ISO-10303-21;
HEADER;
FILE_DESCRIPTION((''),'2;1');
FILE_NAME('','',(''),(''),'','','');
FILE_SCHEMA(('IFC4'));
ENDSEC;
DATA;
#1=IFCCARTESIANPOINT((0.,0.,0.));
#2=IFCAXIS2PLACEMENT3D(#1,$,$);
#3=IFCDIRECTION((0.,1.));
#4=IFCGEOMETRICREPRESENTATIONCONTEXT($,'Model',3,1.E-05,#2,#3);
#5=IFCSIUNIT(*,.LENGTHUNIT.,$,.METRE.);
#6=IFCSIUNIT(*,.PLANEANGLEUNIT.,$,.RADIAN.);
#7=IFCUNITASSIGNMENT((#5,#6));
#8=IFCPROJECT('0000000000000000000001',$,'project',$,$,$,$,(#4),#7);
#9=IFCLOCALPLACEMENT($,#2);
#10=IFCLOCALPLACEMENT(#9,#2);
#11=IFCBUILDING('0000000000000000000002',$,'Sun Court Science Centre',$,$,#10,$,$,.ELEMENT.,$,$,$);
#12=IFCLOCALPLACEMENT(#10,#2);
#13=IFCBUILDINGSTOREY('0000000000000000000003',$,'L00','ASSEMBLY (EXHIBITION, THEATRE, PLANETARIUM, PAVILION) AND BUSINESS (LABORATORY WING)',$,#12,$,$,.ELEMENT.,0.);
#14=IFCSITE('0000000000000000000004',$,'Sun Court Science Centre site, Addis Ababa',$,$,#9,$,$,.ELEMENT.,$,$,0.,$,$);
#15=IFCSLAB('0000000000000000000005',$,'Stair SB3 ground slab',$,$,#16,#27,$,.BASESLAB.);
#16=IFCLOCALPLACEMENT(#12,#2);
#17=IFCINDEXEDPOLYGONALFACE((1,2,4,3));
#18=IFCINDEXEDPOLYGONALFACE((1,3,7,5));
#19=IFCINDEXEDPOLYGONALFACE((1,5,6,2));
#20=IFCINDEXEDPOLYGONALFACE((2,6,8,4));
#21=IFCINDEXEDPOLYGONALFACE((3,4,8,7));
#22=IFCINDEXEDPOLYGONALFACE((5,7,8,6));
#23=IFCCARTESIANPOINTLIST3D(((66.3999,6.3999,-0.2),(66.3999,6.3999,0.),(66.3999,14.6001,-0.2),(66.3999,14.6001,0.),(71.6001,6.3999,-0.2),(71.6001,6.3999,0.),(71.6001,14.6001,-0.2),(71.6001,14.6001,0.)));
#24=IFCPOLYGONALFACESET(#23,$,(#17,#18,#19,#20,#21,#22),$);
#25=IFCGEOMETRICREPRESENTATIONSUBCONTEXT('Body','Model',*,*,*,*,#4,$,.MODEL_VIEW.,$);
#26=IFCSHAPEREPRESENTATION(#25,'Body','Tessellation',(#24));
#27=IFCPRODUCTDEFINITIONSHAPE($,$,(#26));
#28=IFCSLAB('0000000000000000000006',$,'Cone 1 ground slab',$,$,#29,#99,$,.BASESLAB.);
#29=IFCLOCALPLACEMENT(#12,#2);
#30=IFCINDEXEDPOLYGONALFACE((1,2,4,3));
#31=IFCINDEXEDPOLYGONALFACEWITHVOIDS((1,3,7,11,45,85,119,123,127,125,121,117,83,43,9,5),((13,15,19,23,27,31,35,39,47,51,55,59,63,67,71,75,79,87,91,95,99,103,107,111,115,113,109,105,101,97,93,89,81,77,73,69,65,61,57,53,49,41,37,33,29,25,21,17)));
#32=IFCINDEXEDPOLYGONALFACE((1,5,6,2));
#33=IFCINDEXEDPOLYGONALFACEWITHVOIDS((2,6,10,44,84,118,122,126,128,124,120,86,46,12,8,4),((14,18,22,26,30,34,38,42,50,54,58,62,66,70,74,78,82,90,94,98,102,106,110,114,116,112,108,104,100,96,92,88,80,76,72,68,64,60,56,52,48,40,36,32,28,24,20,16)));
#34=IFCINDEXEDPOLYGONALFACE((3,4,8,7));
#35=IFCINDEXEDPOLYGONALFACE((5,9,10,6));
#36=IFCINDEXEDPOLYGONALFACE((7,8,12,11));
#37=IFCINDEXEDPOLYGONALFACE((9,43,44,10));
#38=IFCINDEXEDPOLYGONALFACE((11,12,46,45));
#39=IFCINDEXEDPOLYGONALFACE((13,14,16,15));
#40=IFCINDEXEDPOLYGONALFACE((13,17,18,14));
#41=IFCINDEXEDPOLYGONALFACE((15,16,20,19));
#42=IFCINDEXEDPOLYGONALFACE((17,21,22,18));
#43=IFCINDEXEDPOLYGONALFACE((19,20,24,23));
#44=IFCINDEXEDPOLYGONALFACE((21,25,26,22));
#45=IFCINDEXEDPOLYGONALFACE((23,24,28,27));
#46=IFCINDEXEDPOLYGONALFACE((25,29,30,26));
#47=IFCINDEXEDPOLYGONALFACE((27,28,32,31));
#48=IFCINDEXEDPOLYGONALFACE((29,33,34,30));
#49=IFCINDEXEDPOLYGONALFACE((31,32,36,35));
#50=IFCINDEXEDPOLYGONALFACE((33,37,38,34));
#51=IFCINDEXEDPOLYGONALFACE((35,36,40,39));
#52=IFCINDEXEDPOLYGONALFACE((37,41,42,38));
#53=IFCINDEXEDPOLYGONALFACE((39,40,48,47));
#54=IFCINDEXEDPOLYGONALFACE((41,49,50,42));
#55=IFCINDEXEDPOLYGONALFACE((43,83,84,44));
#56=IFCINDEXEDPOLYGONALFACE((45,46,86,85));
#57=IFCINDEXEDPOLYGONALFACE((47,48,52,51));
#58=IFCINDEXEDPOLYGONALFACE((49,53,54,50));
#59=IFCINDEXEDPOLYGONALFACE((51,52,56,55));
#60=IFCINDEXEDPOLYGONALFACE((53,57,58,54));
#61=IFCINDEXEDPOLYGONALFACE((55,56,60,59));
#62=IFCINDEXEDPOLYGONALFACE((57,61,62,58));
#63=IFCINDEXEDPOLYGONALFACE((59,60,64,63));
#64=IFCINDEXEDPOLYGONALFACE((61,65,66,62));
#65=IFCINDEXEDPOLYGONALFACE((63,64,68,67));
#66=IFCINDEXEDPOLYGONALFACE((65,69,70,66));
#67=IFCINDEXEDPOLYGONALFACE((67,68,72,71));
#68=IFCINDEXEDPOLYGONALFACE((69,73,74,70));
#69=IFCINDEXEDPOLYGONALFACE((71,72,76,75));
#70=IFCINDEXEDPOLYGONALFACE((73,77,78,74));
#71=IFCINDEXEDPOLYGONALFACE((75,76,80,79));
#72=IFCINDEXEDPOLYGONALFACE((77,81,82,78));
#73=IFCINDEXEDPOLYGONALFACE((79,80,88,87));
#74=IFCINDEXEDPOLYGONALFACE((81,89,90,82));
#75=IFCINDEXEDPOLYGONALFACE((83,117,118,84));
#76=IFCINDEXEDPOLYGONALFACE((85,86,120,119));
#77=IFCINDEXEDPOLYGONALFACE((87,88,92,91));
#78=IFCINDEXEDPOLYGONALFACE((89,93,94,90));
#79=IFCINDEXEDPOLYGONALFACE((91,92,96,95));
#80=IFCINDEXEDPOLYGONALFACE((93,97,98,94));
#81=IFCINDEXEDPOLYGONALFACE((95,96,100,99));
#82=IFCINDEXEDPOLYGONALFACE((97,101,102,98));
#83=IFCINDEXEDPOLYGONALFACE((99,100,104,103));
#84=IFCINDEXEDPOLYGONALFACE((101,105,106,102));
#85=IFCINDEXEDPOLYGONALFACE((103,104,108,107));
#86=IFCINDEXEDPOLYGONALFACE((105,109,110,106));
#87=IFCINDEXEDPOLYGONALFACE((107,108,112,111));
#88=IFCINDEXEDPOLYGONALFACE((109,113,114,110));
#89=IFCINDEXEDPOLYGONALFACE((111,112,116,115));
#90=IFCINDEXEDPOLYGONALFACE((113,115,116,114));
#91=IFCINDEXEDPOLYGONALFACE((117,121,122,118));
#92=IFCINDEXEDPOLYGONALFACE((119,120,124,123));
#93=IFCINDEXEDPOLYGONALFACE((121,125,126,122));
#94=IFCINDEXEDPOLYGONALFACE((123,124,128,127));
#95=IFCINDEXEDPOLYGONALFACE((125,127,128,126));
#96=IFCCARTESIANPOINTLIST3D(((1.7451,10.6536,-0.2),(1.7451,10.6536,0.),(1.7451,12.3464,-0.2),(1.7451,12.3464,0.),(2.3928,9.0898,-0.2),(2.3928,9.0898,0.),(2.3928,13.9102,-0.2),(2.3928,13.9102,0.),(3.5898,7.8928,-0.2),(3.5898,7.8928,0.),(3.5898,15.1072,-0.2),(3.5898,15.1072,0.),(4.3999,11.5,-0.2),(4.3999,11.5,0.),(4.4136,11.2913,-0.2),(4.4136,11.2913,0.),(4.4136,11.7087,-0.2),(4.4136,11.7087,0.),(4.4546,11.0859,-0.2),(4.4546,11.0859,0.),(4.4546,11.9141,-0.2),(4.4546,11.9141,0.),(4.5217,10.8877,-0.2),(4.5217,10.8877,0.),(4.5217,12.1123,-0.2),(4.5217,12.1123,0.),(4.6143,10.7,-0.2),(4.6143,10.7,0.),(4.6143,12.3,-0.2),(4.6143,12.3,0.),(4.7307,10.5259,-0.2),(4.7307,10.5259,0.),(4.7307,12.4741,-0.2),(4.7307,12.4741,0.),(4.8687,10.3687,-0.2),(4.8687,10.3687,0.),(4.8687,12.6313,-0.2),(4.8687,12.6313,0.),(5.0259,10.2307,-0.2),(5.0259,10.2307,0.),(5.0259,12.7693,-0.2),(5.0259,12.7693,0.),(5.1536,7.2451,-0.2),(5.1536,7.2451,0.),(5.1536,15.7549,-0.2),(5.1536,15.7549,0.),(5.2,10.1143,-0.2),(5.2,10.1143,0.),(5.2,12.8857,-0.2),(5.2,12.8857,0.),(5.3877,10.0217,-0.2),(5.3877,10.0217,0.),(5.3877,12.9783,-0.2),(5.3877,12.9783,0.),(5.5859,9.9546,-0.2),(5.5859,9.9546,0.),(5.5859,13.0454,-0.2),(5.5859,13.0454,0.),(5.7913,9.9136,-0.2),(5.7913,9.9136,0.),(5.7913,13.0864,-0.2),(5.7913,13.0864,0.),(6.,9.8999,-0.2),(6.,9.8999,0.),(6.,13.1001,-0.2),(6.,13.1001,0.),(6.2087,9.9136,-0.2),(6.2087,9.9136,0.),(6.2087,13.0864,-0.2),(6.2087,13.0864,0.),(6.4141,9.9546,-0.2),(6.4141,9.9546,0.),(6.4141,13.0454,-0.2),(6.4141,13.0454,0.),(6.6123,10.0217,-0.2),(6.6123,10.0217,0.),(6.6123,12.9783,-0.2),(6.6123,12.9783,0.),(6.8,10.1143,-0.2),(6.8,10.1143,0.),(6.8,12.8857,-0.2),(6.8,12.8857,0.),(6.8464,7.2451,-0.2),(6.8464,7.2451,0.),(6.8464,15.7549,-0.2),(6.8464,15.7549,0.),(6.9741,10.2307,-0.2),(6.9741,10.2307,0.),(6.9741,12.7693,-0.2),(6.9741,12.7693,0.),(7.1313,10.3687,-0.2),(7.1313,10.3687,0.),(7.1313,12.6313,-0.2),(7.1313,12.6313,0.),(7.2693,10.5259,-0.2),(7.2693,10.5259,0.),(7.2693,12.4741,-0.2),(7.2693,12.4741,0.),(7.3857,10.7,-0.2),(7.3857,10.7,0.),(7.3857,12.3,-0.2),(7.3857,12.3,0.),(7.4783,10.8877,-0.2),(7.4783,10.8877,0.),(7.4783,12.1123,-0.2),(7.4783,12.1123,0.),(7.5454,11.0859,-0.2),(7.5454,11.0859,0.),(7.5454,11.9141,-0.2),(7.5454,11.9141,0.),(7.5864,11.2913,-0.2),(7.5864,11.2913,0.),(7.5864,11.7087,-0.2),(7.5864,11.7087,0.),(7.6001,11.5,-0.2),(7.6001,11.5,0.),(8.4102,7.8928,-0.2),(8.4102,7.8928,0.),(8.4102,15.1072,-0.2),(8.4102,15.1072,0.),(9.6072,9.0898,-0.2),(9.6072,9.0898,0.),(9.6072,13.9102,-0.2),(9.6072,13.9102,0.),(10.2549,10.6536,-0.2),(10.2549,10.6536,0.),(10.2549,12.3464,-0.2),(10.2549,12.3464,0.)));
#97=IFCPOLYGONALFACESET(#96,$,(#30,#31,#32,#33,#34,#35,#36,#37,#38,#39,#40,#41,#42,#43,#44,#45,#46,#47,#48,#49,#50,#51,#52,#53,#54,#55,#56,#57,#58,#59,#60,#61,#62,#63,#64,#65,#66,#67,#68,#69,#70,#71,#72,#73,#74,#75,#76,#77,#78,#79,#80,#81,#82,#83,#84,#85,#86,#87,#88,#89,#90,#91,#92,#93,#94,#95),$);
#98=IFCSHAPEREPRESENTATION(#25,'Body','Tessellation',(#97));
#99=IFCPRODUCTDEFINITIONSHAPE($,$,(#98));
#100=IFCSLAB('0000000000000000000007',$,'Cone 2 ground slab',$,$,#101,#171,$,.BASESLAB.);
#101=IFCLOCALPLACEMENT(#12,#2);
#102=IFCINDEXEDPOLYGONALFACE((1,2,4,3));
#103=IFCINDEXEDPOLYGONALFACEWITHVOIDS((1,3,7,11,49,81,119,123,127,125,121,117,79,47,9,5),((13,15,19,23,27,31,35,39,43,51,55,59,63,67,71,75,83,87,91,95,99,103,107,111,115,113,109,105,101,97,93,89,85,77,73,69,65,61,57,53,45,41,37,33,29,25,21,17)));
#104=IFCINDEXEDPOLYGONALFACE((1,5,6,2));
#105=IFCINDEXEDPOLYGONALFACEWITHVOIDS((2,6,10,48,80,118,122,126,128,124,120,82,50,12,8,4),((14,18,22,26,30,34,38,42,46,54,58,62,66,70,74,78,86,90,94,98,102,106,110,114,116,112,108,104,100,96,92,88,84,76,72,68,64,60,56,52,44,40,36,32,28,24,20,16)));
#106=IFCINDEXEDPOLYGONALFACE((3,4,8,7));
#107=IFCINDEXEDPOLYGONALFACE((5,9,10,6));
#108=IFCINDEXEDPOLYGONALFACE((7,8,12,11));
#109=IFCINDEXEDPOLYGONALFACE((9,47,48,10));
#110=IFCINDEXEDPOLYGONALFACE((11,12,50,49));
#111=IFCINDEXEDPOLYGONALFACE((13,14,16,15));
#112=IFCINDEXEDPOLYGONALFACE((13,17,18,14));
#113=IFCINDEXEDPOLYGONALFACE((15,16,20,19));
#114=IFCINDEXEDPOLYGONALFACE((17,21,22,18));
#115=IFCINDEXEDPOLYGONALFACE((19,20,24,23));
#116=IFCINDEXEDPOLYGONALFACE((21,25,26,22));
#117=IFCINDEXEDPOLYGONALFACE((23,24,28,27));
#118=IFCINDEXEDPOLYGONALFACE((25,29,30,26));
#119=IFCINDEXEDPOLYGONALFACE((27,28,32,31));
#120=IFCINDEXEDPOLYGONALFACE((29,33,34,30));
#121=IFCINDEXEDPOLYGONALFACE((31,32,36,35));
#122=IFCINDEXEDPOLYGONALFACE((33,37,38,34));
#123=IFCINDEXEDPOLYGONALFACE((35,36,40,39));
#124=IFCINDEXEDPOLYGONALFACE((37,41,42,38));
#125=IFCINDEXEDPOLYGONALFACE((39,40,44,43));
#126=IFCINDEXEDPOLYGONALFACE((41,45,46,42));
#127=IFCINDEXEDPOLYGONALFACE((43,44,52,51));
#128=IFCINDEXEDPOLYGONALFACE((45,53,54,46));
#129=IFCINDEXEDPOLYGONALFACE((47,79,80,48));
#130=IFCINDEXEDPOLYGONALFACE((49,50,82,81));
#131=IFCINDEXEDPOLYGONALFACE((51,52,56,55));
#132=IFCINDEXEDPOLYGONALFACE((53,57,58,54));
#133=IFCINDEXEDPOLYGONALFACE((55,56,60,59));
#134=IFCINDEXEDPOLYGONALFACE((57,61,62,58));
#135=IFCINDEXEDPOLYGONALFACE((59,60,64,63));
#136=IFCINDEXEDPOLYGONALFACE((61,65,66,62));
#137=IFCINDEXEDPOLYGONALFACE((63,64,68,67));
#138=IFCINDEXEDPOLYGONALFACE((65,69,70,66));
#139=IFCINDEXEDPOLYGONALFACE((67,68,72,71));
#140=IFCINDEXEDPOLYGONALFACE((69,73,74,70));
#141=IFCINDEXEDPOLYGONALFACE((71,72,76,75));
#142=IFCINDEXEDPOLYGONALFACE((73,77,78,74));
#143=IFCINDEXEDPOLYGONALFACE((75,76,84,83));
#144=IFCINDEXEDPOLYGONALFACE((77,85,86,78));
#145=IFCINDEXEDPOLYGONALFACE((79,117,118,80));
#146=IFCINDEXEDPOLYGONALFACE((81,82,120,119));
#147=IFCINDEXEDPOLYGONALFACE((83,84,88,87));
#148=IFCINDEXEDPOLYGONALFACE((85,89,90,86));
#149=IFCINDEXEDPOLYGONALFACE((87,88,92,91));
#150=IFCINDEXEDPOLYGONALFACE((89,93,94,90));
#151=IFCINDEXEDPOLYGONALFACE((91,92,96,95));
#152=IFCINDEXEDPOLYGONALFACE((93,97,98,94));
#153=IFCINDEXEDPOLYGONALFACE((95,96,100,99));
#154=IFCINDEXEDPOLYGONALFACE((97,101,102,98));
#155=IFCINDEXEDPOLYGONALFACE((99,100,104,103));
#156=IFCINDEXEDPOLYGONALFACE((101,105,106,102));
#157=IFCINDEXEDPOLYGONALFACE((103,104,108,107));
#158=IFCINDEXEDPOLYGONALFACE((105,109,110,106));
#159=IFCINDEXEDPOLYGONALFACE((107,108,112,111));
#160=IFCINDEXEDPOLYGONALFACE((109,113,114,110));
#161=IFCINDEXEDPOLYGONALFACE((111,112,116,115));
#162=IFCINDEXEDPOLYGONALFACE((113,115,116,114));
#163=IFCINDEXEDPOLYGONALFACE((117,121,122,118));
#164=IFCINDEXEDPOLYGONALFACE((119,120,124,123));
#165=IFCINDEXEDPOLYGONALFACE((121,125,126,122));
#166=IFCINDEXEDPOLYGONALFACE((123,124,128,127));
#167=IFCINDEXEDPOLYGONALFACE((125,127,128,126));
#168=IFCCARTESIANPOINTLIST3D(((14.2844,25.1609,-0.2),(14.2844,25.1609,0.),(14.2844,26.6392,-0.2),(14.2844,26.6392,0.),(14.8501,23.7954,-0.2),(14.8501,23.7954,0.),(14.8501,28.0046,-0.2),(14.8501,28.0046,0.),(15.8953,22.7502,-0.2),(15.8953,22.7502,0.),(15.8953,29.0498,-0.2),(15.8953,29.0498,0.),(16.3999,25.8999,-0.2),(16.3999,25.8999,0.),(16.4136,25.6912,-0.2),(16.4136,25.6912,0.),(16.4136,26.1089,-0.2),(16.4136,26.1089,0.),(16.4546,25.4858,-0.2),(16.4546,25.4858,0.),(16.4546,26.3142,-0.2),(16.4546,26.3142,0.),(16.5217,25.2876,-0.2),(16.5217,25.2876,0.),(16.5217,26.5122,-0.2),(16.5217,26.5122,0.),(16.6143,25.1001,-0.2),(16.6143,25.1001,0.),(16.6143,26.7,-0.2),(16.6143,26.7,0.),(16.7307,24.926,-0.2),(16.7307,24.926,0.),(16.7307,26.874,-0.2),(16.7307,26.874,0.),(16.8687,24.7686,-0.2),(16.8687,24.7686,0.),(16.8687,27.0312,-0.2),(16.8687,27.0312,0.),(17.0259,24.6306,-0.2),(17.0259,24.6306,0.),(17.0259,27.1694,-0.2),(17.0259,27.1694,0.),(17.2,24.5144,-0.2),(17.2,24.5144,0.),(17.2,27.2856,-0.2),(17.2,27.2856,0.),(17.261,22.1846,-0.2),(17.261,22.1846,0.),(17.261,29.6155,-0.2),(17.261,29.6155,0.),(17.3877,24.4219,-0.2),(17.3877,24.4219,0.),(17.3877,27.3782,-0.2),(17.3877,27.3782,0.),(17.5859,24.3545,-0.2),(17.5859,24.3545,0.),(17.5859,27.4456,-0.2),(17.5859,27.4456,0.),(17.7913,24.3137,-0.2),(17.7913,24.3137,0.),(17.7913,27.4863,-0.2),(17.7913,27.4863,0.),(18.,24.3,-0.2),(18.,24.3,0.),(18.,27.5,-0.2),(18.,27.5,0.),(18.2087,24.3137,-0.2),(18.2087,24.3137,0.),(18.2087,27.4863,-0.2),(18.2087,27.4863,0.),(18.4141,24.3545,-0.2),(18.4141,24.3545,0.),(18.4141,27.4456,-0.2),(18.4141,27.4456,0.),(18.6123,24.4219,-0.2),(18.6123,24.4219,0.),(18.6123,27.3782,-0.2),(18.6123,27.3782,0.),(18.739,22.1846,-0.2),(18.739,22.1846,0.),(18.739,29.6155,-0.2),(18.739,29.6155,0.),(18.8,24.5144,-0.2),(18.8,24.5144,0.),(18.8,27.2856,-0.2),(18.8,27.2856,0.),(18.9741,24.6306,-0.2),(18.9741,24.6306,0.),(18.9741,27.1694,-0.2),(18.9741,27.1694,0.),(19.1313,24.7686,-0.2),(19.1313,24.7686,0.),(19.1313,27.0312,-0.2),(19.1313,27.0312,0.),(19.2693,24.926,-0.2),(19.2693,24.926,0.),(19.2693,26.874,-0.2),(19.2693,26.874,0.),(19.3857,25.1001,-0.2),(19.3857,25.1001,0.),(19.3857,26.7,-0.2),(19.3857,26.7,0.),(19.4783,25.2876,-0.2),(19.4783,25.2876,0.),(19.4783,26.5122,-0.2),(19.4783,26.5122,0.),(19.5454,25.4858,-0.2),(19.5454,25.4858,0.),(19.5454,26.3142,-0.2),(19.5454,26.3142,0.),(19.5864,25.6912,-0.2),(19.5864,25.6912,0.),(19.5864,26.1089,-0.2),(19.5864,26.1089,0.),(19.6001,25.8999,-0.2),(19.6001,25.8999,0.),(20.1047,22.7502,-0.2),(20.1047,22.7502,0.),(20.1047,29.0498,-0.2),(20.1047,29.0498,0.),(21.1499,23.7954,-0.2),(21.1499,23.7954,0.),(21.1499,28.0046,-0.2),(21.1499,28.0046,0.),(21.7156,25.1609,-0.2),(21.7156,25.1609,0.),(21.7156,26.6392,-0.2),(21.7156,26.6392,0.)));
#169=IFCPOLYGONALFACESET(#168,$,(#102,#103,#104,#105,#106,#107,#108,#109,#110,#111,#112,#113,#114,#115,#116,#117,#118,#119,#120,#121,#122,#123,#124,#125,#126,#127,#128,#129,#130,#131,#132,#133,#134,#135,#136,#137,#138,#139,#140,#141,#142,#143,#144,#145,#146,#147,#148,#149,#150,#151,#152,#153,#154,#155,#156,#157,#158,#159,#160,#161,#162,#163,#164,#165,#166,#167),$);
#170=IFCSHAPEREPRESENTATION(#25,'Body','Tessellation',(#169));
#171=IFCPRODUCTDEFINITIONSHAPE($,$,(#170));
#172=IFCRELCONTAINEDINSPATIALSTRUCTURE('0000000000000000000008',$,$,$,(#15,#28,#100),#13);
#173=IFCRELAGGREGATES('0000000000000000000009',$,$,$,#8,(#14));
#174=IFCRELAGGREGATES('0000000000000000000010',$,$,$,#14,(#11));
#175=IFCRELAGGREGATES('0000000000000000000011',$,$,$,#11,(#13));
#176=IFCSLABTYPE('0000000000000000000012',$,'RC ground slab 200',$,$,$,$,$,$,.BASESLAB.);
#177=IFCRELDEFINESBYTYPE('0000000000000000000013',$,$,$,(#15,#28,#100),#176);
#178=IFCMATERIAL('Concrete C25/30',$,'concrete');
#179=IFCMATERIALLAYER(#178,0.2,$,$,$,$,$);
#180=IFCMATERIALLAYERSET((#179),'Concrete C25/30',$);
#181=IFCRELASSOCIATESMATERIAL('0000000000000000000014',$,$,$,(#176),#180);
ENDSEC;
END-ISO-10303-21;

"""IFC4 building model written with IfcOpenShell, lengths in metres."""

from ifc_helpers import new_model, si_unit, direction, frame, origin, place, context, subcontext, project, spatial, polyline, outline, extrude, material, layer, layer_set, type_object, element, save


model = new_model("IFC4")

# Units and contexts
model_context = context("Model", 3, precision=1e-05, world=origin(), true_north=direction((0.0, 1.0)))
body_context = subcontext(model_context, "Body", "Model", "MODEL_VIEW")
ifc_project = project(units=[si_unit("LENGTHUNIT", "METRE"), si_unit("PLANEANGLEUNIT", "RADIAN")], contexts=[model_context])

# Site, building, storey
site_placement = place(None, origin())
site = spatial("IfcSite", under=ifc_project, at=site_placement, Name="Sun Court Science Centre site, Addis Ababa", CompositionType="ELEMENT", RefElevation=0.0)
building_placement = place(site_placement, origin())
building = spatial("IfcBuilding", under=site, at=building_placement, Name="Sun Court Science Centre", CompositionType="ELEMENT")
storey_placement = place(building_placement, origin())
storey = spatial("IfcBuildingStorey", under=building, at=storey_placement, Name="L00", Description="ASSEMBLY (EXHIBITION, THEATRE, PLANETARIUM, PAVILION) AND BUSINESS (LABORATORY WING)", CompositionType="ELEMENT", Elevation=0.0)

# Slabs
ifc_material_1 = material(Name="Concrete C25/30", Category="concrete")
ifc_layer_1 = layer(ifc_material_1, 0.2)
ifc_layer_set_1 = layer_set([ifc_layer_1], Name="Concrete C25/30")
slab_type = type_object("IfcSlabType", Name="RC ground slab 200", PredefinedType="BASESLAB", material=ifc_layer_set_1)
slab_1_placement = place(storey_placement, frame((0.0, 0.0, -0.2)))
element("IfcSlab", 1, at=slab_1_placement, inside=storey, type_object=slab_type, Name="Stair SB3 ground slab", PredefinedType="BASESLAB", context=body_context, shape_type="SweptSolid", body=[
    extrude(outline(polyline([(66.3999, 6.3999), (71.6001, 6.3999), (71.6001, 14.6001), (66.3999, 14.6001), (66.3999, 6.3999)])), origin(), (0.0, 0.0, 1.0), 0.2),
])
slab_2_placement = place(storey_placement, frame((0.0, 0.0, -0.2)))
element("IfcSlab", 2, at=slab_2_placement, inside=storey, type_object=slab_type, Name="Cone 1 ground slab", PredefinedType="BASESLAB", context=body_context, shape_type="SweptSolid", body=[
    extrude(outline(polyline([(10.2549, 10.6536), (10.2549, 12.3464), (9.6072, 13.9102), (8.4102, 15.1072), (6.8464, 15.7549), (5.1536, 15.7549), (3.5898, 15.1072), (2.3928, 13.9102), (1.7451, 12.3464), (1.7451, 10.6536), (2.3928, 9.0898), (3.5898, 7.8928), (5.1536, 7.2451), (6.8464, 7.2451), (8.4102, 7.8928), (9.6072, 9.0898), (10.2549, 10.6536)]), holes=[polyline([(7.5864, 11.7087), (7.6001, 11.5), (7.5864, 11.2913), (7.5454, 11.0859), (7.4783, 10.8877), (7.3857, 10.7), (7.2693, 10.5259), (7.1313, 10.3687), (6.9741, 10.2307), (6.8, 10.1143), (6.6123, 10.0217), (6.4141, 9.9546), (6.2087, 9.9136), (6.0, 9.8999), (5.7913, 9.9136), (5.5859, 9.9546), (5.3877, 10.0217), (5.2, 10.1143), (5.0259, 10.2307), (4.8687, 10.3687), (4.7307, 10.5259), (4.6143, 10.7), (4.5217, 10.8877), (4.4546, 11.0859), (4.4136, 11.2913), (4.3999, 11.5), (4.4136, 11.7087), (4.4546, 11.9141), (4.5217, 12.1123), (4.6143, 12.3), (4.7307, 12.4741), (4.8687, 12.6313), (5.0259, 12.7693), (5.2, 12.8857), (5.3877, 12.9783), (5.5859, 13.0454), (5.7913, 13.0864), (6.0, 13.1001), (6.2087, 13.0864), (6.4141, 13.0454), (6.6123, 12.9783), (6.8, 12.8857), (6.9741, 12.7693), (7.1313, 12.6313), (7.2693, 12.4741), (7.3857, 12.3), (7.4783, 12.1123), (7.5454, 11.9141), (7.5864, 11.7087)])]), origin(), (0.0, 0.0, 1.0), 0.2),
])
slab_3_placement = place(storey_placement, frame((0.0, 0.0, -0.2)))
element("IfcSlab", 3, at=slab_3_placement, inside=storey, type_object=slab_type, Name="Cone 2 ground slab", PredefinedType="BASESLAB", context=body_context, shape_type="SweptSolid", body=[
    extrude(outline(polyline([(21.7156, 25.1609), (21.7156, 26.6392), (21.1499, 28.0046), (20.1047, 29.0498), (18.739, 29.6155), (17.261, 29.6155), (15.8953, 29.0498), (14.8501, 28.0046), (14.2844, 26.6392), (14.2844, 25.1609), (14.8501, 23.7954), (15.8953, 22.7502), (17.261, 22.1846), (18.739, 22.1846), (20.1047, 22.7502), (21.1499, 23.7954), (21.7156, 25.1609)]), holes=[polyline([(19.5864, 26.1089), (19.6001, 25.8999), (19.5864, 25.6912), (19.5454, 25.4858), (19.4783, 25.2876), (19.3857, 25.1001), (19.2693, 24.926), (19.1313, 24.7686), (18.9741, 24.6306), (18.8, 24.5144), (18.6123, 24.4219), (18.4141, 24.3545), (18.2087, 24.3137), (18.0, 24.3), (17.7913, 24.3137), (17.5859, 24.3545), (17.3877, 24.4219), (17.2, 24.5144), (17.0259, 24.6306), (16.8687, 24.7686), (16.7307, 24.926), (16.6143, 25.1001), (16.5217, 25.2876), (16.4546, 25.4858), (16.4136, 25.6912), (16.3999, 25.8999), (16.4136, 26.1089), (16.4546, 26.3142), (16.5217, 26.5122), (16.6143, 26.7), (16.7307, 26.874), (16.8687, 27.0312), (17.0259, 27.1694), (17.2, 27.2856), (17.3877, 27.3782), (17.5859, 27.4456), (17.7913, 27.4863), (18.0, 27.5), (18.2087, 27.4863), (18.4141, 27.4456), (18.6123, 27.3782), (18.8, 27.2856), (18.9741, 27.1694), (19.1313, 27.0312), (19.2693, 26.874), (19.3857, 26.7), (19.4783, 26.5122), (19.5454, 26.3142), (19.5864, 26.1089)])]), origin(), (0.0, 0.0, 1.0), 0.2),
])

save(model, "model.ifc")
